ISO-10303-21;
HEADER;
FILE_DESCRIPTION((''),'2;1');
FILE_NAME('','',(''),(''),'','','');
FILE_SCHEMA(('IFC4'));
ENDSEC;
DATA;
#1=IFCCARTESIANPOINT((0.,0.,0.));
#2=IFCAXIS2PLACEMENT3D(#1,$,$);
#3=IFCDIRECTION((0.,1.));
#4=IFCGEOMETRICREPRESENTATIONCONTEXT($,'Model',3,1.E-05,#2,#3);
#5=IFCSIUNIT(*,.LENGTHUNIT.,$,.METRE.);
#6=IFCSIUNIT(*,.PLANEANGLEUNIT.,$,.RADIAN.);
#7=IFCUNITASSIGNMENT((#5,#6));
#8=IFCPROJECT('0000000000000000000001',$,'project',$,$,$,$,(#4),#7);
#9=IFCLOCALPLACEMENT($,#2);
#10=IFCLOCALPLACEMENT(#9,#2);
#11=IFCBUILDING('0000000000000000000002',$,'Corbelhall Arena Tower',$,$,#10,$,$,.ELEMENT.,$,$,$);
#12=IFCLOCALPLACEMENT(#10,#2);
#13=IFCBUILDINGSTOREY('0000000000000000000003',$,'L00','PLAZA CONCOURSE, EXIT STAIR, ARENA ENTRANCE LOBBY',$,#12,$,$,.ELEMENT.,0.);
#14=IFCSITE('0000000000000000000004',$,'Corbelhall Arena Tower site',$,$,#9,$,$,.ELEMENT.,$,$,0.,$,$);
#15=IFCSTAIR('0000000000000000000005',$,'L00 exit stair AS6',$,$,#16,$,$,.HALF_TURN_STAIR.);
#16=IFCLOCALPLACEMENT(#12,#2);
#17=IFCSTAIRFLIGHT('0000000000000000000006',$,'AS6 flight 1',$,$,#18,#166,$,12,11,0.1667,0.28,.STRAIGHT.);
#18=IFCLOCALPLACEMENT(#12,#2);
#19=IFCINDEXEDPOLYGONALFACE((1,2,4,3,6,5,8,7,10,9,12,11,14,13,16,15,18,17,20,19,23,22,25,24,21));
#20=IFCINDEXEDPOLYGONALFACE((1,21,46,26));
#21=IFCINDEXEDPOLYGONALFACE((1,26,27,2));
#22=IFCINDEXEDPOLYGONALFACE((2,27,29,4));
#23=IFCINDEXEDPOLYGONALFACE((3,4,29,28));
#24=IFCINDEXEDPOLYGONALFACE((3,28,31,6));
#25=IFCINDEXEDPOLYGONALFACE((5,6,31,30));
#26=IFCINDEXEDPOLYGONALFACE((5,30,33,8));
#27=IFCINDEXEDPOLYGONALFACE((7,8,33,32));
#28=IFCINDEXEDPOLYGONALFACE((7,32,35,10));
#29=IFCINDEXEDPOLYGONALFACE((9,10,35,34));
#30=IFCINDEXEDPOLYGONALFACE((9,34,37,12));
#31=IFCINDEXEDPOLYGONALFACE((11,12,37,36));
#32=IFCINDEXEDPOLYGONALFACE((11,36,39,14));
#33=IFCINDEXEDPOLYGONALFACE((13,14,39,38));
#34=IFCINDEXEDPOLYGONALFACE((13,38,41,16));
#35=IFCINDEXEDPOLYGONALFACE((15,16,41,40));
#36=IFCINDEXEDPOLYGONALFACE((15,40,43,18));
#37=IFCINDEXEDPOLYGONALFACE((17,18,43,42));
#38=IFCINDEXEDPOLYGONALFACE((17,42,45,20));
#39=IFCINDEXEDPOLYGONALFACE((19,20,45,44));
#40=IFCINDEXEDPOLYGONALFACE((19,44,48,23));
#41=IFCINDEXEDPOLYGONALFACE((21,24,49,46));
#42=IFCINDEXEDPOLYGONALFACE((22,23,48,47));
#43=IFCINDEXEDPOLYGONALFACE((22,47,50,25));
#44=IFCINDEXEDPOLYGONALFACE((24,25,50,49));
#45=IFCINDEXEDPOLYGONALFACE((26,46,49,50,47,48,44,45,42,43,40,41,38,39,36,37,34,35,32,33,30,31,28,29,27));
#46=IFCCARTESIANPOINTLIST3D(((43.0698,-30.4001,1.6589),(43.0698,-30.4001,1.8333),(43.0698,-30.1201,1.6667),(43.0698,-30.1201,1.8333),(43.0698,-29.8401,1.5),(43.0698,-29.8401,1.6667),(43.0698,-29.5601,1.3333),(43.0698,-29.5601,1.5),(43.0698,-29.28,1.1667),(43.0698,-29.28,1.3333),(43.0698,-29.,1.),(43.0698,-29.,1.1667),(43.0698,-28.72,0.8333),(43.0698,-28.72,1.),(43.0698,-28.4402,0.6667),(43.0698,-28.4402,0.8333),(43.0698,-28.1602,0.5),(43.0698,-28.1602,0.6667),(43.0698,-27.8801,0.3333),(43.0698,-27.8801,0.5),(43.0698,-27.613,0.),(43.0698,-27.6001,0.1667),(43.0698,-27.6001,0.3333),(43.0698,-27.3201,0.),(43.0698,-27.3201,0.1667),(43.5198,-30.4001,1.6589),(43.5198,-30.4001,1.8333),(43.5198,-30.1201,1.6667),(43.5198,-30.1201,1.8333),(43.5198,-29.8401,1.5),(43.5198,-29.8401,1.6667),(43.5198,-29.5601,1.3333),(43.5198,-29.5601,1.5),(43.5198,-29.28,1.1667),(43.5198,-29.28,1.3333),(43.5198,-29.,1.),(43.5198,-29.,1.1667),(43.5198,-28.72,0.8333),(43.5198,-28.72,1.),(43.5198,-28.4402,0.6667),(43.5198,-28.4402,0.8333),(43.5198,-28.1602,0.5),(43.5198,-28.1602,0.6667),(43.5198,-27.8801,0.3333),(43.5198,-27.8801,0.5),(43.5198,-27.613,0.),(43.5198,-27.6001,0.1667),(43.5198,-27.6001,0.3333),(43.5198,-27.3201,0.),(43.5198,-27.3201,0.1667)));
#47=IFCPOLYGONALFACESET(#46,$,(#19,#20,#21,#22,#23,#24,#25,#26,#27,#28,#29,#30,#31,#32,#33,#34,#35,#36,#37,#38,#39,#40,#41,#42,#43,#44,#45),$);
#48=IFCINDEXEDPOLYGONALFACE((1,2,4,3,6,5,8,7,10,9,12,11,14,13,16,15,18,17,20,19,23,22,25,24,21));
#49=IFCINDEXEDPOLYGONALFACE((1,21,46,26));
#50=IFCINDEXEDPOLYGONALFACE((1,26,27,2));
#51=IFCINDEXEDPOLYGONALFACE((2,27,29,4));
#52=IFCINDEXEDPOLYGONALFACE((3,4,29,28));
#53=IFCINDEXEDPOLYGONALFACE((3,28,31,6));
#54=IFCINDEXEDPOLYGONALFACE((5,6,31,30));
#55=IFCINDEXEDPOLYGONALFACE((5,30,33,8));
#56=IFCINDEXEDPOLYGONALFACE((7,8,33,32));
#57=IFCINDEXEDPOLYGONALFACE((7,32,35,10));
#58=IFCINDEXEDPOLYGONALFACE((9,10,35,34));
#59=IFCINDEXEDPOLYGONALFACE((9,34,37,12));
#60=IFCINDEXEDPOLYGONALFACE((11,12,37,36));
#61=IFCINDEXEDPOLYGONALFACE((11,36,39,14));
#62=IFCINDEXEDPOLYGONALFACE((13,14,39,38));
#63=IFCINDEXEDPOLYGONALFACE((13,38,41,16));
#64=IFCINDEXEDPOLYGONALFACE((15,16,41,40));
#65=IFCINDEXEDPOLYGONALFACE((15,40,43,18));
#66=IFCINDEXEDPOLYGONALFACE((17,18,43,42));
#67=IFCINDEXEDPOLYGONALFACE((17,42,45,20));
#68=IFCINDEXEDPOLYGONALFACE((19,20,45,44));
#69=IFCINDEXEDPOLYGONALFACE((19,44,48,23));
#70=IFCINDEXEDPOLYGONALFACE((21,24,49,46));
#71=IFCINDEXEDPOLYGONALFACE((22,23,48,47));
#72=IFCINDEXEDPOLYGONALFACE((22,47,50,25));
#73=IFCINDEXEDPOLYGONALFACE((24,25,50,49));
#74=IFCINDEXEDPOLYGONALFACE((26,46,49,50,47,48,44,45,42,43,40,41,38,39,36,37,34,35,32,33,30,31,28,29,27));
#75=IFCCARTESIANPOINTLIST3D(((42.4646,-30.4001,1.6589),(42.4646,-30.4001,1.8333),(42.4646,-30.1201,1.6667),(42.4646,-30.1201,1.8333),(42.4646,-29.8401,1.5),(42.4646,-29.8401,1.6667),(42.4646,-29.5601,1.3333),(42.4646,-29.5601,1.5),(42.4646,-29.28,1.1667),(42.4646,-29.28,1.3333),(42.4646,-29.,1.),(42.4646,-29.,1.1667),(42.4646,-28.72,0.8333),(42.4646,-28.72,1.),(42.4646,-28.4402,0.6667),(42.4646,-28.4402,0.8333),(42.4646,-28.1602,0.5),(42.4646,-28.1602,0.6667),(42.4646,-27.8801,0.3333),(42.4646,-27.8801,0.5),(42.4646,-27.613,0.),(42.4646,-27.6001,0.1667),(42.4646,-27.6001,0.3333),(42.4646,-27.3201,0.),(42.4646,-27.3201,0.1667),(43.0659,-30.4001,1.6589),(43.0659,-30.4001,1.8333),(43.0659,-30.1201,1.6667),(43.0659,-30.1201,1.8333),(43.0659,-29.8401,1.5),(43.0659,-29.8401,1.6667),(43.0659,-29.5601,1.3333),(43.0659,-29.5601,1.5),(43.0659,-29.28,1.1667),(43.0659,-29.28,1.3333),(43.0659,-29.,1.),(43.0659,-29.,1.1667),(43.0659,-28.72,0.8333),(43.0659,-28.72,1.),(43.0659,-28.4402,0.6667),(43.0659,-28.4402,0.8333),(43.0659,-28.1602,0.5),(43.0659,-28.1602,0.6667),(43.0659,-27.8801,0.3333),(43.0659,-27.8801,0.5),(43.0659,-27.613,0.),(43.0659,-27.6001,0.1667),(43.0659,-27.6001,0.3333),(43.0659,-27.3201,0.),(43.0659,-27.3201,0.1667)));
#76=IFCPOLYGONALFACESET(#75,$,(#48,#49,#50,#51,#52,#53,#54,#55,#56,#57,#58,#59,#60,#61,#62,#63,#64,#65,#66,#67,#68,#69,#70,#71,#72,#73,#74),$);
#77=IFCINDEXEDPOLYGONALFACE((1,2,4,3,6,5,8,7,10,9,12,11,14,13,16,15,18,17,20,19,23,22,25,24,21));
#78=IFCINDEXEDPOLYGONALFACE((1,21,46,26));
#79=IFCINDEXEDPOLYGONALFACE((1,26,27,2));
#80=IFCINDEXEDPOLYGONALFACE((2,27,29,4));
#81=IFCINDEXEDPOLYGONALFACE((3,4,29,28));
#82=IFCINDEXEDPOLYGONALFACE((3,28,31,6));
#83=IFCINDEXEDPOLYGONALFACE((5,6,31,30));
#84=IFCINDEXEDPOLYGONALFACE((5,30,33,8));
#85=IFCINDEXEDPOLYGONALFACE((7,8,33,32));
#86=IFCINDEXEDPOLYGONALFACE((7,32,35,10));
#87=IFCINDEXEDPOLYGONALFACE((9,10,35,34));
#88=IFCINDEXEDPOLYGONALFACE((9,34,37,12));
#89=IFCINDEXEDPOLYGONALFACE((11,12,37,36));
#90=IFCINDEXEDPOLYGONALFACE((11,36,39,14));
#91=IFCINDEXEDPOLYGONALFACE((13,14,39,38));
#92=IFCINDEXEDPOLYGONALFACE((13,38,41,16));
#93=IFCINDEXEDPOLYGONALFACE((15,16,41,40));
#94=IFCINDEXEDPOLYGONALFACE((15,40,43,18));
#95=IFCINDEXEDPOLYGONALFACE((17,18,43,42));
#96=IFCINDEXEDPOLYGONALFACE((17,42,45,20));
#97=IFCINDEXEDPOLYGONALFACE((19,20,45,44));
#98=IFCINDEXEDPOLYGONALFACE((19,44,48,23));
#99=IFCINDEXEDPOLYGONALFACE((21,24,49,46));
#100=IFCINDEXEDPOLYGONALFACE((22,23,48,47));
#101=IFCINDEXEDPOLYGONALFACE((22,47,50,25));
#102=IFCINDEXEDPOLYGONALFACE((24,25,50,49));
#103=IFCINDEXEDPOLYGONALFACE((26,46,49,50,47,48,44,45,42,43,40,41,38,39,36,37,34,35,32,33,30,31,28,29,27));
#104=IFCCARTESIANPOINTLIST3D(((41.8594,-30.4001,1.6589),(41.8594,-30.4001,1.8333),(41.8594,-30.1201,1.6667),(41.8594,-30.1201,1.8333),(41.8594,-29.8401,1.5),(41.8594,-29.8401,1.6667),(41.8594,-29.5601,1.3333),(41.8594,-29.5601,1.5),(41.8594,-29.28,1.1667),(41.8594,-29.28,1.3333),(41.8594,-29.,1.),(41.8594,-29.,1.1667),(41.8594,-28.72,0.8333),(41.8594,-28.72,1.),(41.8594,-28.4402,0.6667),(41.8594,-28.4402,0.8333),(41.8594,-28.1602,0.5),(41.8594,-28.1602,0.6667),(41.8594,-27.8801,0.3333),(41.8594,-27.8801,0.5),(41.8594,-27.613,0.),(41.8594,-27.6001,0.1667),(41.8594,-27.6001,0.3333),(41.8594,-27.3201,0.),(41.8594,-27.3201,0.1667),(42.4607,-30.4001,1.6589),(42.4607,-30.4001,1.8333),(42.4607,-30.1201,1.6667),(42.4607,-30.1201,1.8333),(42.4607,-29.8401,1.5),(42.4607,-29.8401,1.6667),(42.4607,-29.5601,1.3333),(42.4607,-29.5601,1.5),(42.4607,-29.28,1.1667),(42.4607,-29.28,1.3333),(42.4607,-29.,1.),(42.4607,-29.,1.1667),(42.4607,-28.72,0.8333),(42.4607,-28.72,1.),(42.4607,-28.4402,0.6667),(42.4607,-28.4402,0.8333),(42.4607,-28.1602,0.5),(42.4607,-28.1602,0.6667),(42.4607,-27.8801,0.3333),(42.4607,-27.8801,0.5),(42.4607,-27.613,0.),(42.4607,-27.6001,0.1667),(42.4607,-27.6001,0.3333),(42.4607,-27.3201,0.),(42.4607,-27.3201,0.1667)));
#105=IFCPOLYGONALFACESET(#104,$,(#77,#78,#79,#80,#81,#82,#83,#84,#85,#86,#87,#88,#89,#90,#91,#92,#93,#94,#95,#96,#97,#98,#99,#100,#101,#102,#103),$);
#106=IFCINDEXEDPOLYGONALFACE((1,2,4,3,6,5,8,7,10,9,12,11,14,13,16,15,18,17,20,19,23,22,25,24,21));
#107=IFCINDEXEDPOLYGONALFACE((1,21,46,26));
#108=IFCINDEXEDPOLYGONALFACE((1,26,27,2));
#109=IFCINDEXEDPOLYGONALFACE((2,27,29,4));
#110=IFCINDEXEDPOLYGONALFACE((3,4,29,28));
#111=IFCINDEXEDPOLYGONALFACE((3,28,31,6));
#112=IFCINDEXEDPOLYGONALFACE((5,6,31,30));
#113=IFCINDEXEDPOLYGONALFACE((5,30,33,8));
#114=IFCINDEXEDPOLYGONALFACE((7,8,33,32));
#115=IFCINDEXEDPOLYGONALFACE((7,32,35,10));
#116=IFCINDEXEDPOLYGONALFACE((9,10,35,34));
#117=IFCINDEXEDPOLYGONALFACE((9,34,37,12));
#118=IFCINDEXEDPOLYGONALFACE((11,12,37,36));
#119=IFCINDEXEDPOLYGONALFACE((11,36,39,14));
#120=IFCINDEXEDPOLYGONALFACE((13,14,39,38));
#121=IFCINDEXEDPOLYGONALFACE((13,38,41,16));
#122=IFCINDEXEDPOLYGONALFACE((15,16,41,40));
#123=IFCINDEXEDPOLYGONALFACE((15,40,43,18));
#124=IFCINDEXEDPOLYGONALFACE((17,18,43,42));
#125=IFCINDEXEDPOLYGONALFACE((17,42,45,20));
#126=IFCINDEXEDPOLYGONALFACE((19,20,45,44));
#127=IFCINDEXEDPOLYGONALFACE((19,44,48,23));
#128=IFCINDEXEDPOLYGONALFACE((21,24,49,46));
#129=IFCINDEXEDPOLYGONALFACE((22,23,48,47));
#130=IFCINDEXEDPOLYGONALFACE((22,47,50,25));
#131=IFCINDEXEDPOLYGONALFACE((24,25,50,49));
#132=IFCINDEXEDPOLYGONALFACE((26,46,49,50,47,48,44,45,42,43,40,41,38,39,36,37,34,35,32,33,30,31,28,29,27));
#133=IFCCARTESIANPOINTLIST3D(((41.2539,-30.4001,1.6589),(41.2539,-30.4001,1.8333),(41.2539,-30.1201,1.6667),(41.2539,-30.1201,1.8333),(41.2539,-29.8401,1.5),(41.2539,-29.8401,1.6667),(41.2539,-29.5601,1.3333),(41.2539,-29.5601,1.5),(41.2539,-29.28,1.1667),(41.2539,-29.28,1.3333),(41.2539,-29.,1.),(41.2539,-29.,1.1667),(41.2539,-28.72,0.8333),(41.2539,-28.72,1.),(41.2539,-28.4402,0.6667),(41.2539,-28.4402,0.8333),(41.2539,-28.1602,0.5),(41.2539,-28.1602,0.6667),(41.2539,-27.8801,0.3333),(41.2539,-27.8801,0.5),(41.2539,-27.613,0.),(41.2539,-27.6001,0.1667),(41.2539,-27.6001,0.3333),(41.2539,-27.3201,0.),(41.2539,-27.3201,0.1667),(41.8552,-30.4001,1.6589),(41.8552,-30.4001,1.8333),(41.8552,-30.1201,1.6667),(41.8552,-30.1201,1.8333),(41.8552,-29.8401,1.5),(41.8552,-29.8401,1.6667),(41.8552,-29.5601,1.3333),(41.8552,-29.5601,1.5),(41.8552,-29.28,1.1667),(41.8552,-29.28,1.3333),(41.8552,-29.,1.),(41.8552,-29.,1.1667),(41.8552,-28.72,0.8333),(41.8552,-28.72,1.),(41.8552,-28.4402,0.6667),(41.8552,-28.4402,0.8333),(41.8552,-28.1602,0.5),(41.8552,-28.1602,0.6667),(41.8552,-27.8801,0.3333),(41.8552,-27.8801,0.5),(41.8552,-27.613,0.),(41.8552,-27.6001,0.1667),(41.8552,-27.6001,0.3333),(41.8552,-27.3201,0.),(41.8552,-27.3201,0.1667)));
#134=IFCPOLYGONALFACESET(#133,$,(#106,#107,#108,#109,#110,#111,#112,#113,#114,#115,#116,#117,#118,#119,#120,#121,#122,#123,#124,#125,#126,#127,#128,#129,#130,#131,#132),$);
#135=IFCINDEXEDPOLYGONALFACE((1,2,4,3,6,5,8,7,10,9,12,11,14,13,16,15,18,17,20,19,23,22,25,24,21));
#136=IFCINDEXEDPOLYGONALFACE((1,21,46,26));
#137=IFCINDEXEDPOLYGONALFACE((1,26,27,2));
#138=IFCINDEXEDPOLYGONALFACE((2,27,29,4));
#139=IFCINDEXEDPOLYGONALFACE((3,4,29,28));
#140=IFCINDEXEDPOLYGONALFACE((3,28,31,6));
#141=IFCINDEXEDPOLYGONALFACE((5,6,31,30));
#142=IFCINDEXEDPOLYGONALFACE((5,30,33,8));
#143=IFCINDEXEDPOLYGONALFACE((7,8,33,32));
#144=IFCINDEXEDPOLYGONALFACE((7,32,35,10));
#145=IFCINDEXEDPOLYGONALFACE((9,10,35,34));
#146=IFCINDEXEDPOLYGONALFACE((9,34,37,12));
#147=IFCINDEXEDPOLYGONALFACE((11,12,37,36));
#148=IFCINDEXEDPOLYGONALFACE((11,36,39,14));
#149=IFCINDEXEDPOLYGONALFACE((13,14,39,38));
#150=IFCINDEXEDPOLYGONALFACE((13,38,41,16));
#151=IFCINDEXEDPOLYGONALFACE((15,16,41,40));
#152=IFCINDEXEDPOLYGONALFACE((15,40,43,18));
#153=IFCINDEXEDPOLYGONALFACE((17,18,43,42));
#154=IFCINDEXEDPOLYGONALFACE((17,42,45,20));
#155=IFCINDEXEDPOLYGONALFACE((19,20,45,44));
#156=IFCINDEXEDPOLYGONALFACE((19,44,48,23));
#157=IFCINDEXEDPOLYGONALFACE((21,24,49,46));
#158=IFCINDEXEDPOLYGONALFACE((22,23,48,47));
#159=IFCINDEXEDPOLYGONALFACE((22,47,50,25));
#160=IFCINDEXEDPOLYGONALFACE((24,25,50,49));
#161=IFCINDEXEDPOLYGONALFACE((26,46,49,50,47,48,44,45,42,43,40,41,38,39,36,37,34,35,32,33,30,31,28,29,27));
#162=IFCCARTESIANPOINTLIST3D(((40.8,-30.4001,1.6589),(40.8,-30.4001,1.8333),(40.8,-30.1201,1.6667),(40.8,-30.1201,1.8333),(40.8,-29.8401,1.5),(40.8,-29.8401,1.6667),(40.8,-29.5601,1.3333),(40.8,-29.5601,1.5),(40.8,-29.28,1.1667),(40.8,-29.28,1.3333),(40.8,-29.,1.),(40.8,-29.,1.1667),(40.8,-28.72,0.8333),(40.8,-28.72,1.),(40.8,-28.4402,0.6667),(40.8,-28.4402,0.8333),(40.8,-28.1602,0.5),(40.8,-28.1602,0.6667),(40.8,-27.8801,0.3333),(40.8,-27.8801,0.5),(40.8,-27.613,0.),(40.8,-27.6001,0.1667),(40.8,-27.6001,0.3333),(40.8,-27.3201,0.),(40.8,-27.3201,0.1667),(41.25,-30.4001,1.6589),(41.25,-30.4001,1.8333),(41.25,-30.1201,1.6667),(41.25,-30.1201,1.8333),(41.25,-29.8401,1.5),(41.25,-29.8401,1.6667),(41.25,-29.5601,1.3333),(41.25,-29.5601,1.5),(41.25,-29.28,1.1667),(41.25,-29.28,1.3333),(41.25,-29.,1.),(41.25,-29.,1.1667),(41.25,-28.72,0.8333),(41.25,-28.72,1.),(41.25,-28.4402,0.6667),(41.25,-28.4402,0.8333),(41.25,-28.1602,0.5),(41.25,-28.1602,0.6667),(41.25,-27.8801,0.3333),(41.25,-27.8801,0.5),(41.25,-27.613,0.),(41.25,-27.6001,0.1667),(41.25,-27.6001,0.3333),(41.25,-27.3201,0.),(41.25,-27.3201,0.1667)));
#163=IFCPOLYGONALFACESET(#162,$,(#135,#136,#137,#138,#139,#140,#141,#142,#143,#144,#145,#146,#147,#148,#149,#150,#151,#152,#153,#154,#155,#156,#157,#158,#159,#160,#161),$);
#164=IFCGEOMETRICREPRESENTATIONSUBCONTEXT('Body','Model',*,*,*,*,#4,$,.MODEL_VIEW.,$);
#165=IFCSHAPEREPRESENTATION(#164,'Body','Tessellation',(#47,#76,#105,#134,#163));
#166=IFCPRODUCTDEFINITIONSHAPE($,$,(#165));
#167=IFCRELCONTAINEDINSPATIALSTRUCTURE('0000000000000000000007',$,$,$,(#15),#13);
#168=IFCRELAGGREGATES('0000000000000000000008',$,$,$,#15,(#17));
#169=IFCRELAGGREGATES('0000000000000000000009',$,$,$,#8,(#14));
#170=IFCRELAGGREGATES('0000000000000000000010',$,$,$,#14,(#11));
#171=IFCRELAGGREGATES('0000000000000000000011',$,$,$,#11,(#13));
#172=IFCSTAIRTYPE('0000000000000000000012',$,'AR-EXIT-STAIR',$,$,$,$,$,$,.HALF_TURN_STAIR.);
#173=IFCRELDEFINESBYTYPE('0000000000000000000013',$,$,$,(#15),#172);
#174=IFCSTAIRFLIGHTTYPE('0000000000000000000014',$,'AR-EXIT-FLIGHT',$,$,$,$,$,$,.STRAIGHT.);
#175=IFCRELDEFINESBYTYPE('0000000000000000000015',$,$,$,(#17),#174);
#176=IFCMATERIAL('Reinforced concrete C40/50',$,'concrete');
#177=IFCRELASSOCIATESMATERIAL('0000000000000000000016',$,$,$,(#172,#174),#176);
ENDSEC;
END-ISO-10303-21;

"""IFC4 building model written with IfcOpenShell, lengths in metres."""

from ifc_helpers import new_model, si_unit, direction, frame, origin, place, context, subcontext, project, spatial, polyline, outline, extrude, material, type_object, element, aggregate, save


model = new_model("IFC4")

# Units and contexts
model_context = context("Model", 3, precision=1e-05, world=origin(), true_north=direction((0.0, 1.0)))
body_context = subcontext(model_context, "Body", "Model", "MODEL_VIEW")
ifc_project = project(units=[si_unit("LENGTHUNIT", "METRE"), si_unit("PLANEANGLEUNIT", "RADIAN")], contexts=[model_context])

# Site, building, storey
site_placement = place(None, origin())
site = spatial("IfcSite", under=ifc_project, at=site_placement, Name="Corbelhall Arena Tower site", CompositionType="ELEMENT", RefElevation=0.0)
building_placement = place(site_placement, origin())
building = spatial("IfcBuilding", under=site, at=building_placement, Name="Corbelhall Arena Tower", CompositionType="ELEMENT")
storey_placement = place(building_placement, origin())
storey = spatial("IfcBuildingStorey", under=building, at=storey_placement, Name="L00", Description="PLAZA CONCOURSE, EXIT STAIR, ARENA ENTRANCE LOBBY", CompositionType="ELEMENT", Elevation=0.0)

# Stair, stair flight
ifc_material_1 = material(Name="Reinforced concrete C40/50", Category="concrete")
stair_type = type_object("IfcStairType", Name="AR-EXIT-STAIR", PredefinedType="HALF_TURN_STAIR", material=ifc_material_1)
stair_flight_type = type_object("IfcStairFlightType", Name="AR-EXIT-FLIGHT", PredefinedType="STRAIGHT", material=ifc_material_1)
stair_1_placement = place(storey_placement, origin())
stair_1 = element("IfcStair", 1, at=stair_1_placement, inside=storey, type_object=stair_type, Name="L00 exit stair AS6", PredefinedType="HALF_TURN_STAIR")
stair_flight_1_placement = place(storey_placement, frame((42.1599, -27.3201, 0.0), z_axis=(0.0, 0.0, 1.0), x_axis=(0.0, -1.0, 0.0)))
stair_flight_1 = element("IfcStairFlight", 2, at=stair_flight_1_placement, type_object=stair_flight_type, Name="AS6 flight 1", NumberOfRisers=12, NumberOfTreads=11, PredefinedType="STRAIGHT", RiserHeight=0.1667, TreadLength=0.28, context=body_context, shape_type="SweptSolid", body=[
    extrude(outline(polyline([(0.0, 0.0), (0.0, 0.1667), (0.28, 0.1667), (0.28, 0.3333), (0.5601, 0.3333), (0.5601, 0.5), (0.8401, 0.5), (0.8401, 0.6667), (1.1201, 0.6667), (1.1201, 0.8333), (1.3999, 0.8333), (1.3999, 1.0), (1.6799, 1.0), (1.6799, 1.1667), (1.96, 1.1667), (1.96, 1.3333), (2.24, 1.3333), (2.24, 1.5), (2.52, 1.5), (2.52, 1.6667), (2.8, 1.6667), (2.8, 1.8333), (3.0801, 1.8333), (3.0801, 2.0), (3.0801, 1.6589), (0.293, 0.0), (0.0, 0.0)])), frame((0.0, 1.3599, 0.0), z_axis=(0.0, -1.0, 0.0), x_axis=(1.0, 0.0, 0.0)), (0.0, 0.0, 1.0), 0.45),
    extrude(outline(polyline([(0.0, 0.0), (0.0, 0.1667), (0.28, 0.1667), (0.28, 0.3333), (0.5601, 0.3333), (0.5601, 0.5), (0.8401, 0.5), (0.8401, 0.6667), (1.1201, 0.6667), (1.1201, 0.8333), (1.3999, 0.8333), (1.3999, 1.0), (1.6799, 1.0), (1.6799, 1.1667), (1.96, 1.1667), (1.96, 1.3333), (2.24, 1.3333), (2.24, 1.5), (2.52, 1.5), (2.52, 1.6667), (2.8, 1.6667), (2.8, 1.8333), (3.0801, 1.8333), (3.0801, 2.0), (3.0801, 1.6589), (0.293, 0.0), (0.0, 0.0)])), frame((0.0, 0.906, 0.0), z_axis=(0.0, -1.0, 0.0), x_axis=(1.0, 0.0, 0.0)), (0.0, 0.0, 1.0), 0.6013),
    extrude(outline(polyline([(0.0, 0.0), (0.0, 0.1667), (0.28, 0.1667), (0.28, 0.3333), (0.5601, 0.3333), (0.5601, 0.5), (0.8401, 0.5), (0.8401, 0.6667), (1.1201, 0.6667), (1.1201, 0.8333), (1.3999, 0.8333), (1.3999, 1.0), (1.6799, 1.0), (1.6799, 1.1667), (1.96, 1.1667), (1.96, 1.3333), (2.24, 1.3333), (2.24, 1.5), (2.52, 1.5), (2.52, 1.6667), (2.8, 1.6667), (2.8, 1.8333), (3.0801, 1.8333), (3.0801, 2.0), (3.0801, 1.6589), (0.293, 0.0), (0.0, 0.0)])), frame((0.0, 0.3008, 0.0), z_axis=(0.0, -1.0, 0.0), x_axis=(1.0, 0.0, 0.0)), (0.0, 0.0, 1.0), 0.6013),
    extrude(outline(polyline([(0.0, 0.0), (0.0, 0.1667), (0.28, 0.1667), (0.28, 0.3333), (0.5601, 0.3333), (0.5601, 0.5), (0.8401, 0.5), (0.8401, 0.6667), (1.1201, 0.6667), (1.1201, 0.8333), (1.3999, 0.8333), (1.3999, 1.0), (1.6799, 1.0), (1.6799, 1.1667), (1.96, 1.1667), (1.96, 1.3333), (2.24, 1.3333), (2.24, 1.5), (2.52, 1.5), (2.52, 1.6667), (2.8, 1.6667), (2.8, 1.8333), (3.0801, 1.8333), (3.0801, 2.0), (3.0801, 1.6589), (0.293, 0.0), (0.0, 0.0)])), frame((0.0, -0.3047, 0.0), z_axis=(0.0, -1.0, 0.0), x_axis=(1.0, 0.0, 0.0)), (0.0, 0.0, 1.0), 0.6013),
    extrude(outline(polyline([(0.0, 0.0), (0.0, 0.1667), (0.28, 0.1667), (0.28, 0.3333), (0.5601, 0.3333), (0.5601, 0.5), (0.8401, 0.5), (0.8401, 0.6667), (1.1201, 0.6667), (1.1201, 0.8333), (1.3999, 0.8333), (1.3999, 1.0), (1.6799, 1.0), (1.6799, 1.1667), (1.96, 1.1667), (1.96, 1.3333), (2.24, 1.3333), (2.24, 1.5), (2.52, 1.5), (2.52, 1.6667), (2.8, 1.6667), (2.8, 1.8333), (3.0801, 1.8333), (3.0801, 2.0), (3.0801, 1.6589), (0.293, 0.0), (0.0, 0.0)])), frame((0.0, -0.9099, 0.0), z_axis=(0.0, -1.0, 0.0), x_axis=(1.0, 0.0, 0.0)), (0.0, 0.0, 1.0), 0.45),
])
aggregate(stair_1, [stair_flight_1])

save(model, "model.ifc")
